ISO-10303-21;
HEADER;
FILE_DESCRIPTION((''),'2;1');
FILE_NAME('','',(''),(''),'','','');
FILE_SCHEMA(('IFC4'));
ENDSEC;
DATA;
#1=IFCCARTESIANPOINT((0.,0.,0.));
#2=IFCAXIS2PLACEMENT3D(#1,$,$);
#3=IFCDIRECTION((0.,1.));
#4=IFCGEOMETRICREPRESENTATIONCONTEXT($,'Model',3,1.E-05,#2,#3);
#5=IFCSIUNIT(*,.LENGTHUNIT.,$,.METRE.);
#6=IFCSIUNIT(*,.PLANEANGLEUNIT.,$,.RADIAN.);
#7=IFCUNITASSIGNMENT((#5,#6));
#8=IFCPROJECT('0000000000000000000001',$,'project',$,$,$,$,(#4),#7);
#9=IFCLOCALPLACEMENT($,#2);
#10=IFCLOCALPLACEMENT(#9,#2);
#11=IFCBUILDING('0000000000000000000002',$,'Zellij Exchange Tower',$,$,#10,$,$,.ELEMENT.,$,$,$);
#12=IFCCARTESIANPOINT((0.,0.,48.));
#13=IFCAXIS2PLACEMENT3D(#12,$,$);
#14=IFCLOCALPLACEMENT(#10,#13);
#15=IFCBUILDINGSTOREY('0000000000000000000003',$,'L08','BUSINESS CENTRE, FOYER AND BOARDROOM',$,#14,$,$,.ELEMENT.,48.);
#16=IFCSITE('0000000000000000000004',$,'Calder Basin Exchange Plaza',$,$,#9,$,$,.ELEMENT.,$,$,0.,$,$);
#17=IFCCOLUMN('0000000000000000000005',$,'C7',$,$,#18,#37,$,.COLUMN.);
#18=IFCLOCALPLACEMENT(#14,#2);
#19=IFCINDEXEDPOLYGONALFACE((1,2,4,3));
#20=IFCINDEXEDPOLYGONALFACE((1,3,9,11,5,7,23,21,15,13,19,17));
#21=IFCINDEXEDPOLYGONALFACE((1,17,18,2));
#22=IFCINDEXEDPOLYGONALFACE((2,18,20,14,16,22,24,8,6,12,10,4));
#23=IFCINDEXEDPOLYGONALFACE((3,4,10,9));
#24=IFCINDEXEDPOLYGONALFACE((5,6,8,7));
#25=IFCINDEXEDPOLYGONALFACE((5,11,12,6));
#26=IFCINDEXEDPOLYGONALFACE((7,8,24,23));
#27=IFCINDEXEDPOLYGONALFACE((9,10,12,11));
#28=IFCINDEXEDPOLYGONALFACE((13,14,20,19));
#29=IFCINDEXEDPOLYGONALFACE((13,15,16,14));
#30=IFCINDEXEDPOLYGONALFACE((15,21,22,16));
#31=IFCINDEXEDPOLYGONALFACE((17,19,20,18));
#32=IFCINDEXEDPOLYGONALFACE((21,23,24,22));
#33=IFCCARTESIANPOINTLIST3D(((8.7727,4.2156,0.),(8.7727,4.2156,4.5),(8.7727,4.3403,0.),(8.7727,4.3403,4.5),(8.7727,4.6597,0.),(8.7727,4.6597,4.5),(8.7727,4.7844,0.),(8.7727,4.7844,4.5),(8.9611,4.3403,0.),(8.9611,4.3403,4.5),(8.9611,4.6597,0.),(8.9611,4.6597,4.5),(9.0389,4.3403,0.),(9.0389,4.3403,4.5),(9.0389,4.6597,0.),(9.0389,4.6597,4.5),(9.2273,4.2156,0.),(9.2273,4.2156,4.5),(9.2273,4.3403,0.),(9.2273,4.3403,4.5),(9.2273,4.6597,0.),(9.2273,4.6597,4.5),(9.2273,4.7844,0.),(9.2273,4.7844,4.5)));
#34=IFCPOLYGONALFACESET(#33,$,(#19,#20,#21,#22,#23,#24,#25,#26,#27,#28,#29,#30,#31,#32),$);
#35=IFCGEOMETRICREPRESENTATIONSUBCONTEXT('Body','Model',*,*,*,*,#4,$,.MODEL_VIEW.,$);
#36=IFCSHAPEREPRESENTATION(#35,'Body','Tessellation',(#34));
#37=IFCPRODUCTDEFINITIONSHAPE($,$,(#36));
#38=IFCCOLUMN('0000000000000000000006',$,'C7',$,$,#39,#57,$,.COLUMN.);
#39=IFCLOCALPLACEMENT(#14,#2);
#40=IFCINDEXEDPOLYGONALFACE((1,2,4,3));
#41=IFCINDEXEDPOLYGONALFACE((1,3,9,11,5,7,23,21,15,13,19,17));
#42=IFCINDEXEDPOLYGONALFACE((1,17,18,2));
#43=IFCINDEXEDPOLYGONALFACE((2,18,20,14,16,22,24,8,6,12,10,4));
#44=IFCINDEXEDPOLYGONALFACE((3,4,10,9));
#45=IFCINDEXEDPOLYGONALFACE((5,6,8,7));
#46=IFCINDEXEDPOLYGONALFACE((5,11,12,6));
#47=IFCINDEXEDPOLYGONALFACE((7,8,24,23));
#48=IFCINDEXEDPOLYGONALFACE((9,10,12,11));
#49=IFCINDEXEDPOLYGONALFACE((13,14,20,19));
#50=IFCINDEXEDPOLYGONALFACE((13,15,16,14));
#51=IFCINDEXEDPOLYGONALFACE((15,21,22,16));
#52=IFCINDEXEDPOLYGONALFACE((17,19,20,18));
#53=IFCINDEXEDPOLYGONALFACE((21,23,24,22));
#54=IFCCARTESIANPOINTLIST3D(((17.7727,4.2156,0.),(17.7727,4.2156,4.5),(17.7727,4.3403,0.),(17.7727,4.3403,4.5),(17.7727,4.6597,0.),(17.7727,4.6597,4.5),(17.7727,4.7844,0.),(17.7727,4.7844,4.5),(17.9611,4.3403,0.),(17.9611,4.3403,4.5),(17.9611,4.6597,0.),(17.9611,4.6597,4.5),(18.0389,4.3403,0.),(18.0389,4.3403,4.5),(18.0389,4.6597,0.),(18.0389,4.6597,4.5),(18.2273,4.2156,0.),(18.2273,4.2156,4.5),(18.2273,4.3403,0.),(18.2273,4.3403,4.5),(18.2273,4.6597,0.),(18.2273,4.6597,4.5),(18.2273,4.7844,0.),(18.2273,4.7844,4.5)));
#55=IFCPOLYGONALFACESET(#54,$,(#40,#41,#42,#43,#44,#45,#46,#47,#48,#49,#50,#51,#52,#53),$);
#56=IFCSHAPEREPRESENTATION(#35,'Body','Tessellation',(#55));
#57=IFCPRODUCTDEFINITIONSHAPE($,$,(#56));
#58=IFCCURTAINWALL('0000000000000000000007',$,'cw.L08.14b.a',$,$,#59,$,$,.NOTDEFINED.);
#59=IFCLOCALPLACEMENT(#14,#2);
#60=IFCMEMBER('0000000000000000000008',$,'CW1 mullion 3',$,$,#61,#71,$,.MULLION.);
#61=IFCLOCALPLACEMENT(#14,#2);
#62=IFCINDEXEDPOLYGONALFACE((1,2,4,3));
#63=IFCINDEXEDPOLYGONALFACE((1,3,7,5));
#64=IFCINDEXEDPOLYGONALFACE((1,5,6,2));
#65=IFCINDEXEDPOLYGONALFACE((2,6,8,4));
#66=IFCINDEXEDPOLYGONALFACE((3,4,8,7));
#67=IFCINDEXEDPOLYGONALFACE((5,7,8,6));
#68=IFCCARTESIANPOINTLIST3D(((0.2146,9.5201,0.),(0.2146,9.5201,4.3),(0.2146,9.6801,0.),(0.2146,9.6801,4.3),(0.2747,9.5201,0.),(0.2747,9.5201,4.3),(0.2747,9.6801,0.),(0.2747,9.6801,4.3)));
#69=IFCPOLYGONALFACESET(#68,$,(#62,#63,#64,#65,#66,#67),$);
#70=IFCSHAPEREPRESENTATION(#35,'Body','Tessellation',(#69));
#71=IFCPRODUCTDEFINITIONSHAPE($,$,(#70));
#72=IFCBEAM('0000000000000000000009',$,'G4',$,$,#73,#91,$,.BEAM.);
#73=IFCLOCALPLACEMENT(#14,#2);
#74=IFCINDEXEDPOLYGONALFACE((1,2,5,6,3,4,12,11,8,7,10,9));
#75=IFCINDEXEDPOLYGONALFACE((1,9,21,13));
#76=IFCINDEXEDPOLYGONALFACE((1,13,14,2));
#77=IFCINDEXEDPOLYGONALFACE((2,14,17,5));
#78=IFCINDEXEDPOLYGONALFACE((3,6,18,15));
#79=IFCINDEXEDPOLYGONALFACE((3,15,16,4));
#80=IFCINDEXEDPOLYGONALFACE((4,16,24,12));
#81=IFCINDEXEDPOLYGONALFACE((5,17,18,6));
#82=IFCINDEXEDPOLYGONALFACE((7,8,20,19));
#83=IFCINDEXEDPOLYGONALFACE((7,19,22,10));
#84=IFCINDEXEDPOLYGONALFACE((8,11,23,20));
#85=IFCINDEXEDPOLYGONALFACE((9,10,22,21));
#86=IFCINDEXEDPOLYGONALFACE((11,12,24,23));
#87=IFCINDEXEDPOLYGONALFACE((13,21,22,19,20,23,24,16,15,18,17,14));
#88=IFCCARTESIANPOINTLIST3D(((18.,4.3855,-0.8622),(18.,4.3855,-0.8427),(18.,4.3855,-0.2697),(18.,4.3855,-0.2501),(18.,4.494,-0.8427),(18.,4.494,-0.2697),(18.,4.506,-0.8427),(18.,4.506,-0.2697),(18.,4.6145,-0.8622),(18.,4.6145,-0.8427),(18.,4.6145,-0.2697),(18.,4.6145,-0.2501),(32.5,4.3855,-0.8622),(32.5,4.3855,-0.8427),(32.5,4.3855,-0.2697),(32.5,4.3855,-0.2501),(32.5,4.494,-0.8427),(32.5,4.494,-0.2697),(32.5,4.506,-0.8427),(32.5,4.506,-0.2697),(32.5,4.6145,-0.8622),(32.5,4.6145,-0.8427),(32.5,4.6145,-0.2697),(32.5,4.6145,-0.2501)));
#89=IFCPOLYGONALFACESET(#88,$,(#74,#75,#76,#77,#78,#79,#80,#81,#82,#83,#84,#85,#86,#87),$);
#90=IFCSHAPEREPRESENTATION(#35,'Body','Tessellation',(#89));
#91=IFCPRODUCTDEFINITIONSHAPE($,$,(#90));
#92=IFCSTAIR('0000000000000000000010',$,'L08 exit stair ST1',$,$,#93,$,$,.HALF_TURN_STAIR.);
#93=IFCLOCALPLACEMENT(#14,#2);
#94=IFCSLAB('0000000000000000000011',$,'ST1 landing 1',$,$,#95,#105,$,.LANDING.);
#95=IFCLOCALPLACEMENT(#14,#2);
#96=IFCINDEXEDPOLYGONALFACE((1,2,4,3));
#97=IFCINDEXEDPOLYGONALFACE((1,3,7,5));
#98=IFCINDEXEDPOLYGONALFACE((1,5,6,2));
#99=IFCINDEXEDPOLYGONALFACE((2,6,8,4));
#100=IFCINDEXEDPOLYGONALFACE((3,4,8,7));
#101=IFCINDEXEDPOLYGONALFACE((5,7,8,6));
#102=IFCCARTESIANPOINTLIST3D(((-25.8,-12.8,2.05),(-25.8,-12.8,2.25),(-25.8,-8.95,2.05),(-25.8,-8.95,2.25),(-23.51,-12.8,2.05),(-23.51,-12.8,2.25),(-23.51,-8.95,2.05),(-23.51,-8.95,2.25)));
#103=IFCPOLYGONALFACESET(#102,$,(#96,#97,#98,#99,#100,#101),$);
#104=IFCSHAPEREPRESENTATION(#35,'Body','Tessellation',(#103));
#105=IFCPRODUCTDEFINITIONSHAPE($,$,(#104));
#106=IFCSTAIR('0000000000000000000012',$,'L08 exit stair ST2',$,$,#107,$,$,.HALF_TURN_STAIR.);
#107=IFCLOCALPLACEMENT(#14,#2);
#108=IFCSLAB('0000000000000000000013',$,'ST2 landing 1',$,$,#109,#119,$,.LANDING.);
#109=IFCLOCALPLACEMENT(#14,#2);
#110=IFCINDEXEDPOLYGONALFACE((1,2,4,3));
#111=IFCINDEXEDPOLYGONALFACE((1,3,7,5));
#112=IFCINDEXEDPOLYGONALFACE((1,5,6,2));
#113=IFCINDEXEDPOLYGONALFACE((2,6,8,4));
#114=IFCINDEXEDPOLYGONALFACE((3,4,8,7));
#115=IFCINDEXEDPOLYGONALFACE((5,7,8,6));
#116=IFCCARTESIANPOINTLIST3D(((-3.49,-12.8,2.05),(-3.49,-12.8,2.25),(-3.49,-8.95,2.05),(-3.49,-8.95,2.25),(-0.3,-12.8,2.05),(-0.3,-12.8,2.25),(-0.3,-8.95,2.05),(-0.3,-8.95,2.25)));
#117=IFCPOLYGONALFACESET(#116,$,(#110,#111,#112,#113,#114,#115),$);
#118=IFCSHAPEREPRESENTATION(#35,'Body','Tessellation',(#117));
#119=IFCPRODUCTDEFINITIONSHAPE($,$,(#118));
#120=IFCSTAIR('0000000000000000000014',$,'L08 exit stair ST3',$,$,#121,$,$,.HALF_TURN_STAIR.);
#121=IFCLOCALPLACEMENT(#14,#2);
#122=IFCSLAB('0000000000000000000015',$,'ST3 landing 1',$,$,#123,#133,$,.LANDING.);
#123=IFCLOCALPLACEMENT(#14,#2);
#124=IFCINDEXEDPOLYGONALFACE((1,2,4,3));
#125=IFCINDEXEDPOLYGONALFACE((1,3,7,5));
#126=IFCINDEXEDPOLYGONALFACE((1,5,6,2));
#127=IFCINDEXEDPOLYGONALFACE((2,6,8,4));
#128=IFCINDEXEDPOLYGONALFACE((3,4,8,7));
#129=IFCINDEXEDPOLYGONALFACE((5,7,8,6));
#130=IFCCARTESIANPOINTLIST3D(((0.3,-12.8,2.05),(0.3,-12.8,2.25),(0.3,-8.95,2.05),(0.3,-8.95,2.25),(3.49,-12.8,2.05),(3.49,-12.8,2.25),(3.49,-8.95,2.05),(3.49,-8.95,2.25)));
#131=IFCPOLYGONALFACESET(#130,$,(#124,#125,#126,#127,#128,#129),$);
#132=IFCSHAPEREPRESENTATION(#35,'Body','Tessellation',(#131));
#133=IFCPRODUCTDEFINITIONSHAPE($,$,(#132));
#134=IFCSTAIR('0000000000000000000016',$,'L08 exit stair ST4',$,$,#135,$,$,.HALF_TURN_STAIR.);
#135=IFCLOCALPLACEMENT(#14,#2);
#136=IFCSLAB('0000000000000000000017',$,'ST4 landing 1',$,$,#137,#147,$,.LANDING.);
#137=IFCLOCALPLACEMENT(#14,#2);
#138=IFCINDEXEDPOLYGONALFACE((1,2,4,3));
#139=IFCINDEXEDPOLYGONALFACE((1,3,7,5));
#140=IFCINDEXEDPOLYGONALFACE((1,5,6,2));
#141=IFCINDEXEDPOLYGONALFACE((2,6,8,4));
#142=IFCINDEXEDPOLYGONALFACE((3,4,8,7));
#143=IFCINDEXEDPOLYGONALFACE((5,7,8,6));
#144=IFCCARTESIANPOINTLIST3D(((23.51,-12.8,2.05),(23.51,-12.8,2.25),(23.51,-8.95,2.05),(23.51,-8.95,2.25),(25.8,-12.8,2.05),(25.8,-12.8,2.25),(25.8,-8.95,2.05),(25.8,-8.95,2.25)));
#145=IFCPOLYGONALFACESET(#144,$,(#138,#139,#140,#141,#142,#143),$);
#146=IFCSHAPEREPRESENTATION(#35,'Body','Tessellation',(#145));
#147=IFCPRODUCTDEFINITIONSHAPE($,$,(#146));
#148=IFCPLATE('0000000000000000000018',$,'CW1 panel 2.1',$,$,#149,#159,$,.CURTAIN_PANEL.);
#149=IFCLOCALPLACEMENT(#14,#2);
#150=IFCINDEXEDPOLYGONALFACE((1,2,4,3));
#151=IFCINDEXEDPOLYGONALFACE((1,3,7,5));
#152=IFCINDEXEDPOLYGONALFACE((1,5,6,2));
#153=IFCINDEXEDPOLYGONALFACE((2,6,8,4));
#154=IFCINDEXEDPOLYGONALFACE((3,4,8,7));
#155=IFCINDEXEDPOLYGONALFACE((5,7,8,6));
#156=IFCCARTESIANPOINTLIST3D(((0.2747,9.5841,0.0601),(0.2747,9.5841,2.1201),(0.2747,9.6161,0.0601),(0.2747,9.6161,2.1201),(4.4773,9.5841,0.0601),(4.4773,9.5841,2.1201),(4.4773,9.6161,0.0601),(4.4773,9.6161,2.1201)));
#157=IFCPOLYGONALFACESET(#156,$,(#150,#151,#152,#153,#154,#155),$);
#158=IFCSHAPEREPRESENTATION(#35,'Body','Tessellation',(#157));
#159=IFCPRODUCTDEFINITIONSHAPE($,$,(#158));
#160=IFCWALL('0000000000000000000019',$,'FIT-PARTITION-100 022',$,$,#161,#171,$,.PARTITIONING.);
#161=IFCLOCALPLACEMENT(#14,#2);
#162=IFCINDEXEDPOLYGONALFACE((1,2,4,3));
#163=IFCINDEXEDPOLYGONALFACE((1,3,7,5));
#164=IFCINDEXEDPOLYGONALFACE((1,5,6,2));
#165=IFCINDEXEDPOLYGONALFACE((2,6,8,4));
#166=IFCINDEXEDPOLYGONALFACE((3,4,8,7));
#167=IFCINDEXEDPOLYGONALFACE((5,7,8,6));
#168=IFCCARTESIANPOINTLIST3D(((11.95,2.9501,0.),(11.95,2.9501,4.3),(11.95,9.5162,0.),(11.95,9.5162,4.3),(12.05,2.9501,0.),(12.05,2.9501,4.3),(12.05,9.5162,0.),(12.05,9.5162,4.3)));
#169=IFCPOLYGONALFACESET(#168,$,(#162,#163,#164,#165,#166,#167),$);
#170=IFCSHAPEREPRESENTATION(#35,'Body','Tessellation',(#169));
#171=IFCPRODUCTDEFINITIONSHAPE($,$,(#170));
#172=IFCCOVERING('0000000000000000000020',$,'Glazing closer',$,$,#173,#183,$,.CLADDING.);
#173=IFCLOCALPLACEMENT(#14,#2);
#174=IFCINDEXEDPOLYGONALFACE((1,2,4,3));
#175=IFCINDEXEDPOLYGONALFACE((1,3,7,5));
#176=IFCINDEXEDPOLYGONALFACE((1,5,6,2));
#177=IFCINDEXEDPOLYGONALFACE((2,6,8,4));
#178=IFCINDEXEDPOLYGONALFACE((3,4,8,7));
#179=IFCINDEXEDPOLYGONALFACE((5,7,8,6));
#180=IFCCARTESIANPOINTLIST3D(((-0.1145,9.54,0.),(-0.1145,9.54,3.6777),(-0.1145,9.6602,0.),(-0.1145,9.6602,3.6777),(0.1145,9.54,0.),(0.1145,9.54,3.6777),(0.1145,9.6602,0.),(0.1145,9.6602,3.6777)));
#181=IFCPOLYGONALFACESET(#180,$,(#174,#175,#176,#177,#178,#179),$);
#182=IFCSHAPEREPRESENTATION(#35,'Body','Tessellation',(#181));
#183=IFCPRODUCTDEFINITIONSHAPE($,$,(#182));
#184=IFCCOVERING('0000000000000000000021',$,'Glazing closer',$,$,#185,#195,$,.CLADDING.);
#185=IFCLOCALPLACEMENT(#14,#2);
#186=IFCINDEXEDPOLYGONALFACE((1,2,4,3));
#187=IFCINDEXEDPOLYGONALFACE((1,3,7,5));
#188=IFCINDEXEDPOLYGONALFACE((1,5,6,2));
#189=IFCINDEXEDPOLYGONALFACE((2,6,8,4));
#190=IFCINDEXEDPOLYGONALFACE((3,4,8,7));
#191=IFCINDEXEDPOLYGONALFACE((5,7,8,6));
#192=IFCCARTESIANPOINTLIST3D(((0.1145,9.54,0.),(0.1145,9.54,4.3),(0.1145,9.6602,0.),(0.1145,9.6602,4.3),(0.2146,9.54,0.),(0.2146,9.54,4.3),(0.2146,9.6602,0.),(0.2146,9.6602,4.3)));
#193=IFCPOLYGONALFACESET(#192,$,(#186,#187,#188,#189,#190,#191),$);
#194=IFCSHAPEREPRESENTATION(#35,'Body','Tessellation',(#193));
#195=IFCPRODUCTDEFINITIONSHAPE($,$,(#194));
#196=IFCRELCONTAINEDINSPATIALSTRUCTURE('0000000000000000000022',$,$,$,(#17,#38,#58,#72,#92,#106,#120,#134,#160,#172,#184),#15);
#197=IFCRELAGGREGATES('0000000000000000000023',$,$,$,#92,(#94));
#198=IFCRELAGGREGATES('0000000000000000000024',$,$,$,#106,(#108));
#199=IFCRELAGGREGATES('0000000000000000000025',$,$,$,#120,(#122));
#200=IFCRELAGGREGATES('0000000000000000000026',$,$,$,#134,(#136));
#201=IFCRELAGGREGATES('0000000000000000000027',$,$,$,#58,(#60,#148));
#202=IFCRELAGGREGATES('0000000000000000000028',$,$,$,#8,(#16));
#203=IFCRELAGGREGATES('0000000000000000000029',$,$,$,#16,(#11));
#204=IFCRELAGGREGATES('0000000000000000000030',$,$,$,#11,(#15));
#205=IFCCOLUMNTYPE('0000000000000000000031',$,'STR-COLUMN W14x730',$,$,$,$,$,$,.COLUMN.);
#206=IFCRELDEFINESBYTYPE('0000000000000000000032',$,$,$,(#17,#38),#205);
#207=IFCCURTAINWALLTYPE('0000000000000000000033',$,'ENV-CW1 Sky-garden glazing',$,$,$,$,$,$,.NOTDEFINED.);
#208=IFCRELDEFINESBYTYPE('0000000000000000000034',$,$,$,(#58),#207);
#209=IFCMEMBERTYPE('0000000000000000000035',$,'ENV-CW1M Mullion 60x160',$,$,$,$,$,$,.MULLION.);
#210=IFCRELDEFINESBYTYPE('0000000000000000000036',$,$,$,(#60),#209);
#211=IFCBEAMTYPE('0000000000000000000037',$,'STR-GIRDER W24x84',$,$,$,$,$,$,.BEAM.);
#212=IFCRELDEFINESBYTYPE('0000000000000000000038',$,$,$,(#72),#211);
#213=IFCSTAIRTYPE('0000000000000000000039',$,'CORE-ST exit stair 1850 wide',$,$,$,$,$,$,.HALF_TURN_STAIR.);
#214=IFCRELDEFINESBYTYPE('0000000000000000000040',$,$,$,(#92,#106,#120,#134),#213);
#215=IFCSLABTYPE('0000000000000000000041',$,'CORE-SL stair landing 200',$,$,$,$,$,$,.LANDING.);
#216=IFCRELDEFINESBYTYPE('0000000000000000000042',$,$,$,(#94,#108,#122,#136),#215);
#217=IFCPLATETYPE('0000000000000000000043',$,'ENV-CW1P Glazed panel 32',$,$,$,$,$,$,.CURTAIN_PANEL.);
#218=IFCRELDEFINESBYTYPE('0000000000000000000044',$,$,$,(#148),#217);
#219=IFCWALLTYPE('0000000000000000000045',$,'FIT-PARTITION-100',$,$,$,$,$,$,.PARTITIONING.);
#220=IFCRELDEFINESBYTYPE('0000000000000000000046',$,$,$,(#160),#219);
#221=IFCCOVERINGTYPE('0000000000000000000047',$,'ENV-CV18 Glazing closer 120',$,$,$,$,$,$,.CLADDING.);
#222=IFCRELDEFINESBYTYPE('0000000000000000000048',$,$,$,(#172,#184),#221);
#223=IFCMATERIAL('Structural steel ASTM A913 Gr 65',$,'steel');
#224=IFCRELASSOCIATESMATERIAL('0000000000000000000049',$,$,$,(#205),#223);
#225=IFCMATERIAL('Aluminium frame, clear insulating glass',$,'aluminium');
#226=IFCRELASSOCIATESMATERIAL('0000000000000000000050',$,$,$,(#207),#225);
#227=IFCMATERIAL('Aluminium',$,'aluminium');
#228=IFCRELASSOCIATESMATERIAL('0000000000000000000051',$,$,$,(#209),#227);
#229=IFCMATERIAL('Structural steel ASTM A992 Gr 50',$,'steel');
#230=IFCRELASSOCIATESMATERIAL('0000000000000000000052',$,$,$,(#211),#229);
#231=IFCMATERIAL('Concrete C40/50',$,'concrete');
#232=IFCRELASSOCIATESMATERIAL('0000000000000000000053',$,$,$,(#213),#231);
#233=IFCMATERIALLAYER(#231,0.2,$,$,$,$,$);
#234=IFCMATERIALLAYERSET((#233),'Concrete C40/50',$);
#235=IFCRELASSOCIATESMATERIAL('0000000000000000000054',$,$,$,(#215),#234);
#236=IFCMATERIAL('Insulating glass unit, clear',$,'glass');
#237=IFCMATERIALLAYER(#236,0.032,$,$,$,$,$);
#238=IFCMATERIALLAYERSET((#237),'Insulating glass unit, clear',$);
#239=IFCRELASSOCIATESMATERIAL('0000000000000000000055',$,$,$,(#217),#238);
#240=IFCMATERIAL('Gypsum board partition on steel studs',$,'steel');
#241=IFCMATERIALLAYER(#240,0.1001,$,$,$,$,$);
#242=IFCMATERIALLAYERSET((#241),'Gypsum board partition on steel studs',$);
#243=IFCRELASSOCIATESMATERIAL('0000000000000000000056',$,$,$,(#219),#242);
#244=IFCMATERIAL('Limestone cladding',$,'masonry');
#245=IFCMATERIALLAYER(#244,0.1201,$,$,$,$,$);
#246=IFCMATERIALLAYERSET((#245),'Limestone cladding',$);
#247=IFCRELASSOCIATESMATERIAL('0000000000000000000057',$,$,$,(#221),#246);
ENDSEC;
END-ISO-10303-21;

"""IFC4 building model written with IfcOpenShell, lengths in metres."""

from ifc_helpers import new_model, si_unit, direction, frame, frame_2d, origin, origin_2d, place, context, subcontext, project, spatial, polyline, rectangle, i_section, outline, extrude, material, layer, layer_set, material_profile, profile_set, type_object, element, aggregate, save


model = new_model("IFC4")

# Units and contexts
model_context = context("Model", 3, precision=1e-05, world=origin(), true_north=direction((0.0, 1.0)))
body_context = subcontext(model_context, "Body", "Model", "MODEL_VIEW")
ifc_project = project(units=[si_unit("LENGTHUNIT", "METRE"), si_unit("PLANEANGLEUNIT", "RADIAN")], contexts=[model_context])

# Site, building, storey
site_placement = place(None, origin())
site = spatial("IfcSite", under=ifc_project, at=site_placement, Name="Calder Basin Exchange Plaza", CompositionType="ELEMENT", RefElevation=0.0)
building_placement = place(site_placement, origin())
building = spatial("IfcBuilding", under=site, at=building_placement, Name="Zellij Exchange Tower", CompositionType="ELEMENT")
storey_placement = place(building_placement, frame((0.0, 0.0, 48.0)))
storey = spatial("IfcBuildingStorey", under=building, at=storey_placement, Name="L08", Description="BUSINESS CENTRE, FOYER AND BOARDROOM", CompositionType="ELEMENT", Elevation=48.0)

# Columns
ifc_material_1 = material(Name="Structural steel ASTM A913 Gr 65", Category="steel")
ifc_material_profile_1 = material_profile(ifc_material_1, i_section(OverallWidth=0.4546, OverallDepth=0.5688, WebThickness=0.0779, FlangeThickness=0.1248, at=origin_2d()), Name="W14x730")
ifc_profile_set_1 = profile_set([ifc_material_profile_1], Name="Structural steel ASTM A913 Gr 65")
column_type = type_object("IfcColumnType", Name="STR-COLUMN W14x730", PredefinedType="COLUMN", material=ifc_profile_set_1)
for number, where, z_axis, x_axis, name in (
    (1, (9.0, 4.5, 0.0), (0.0, 0.0, 1.0), (1.0, 0.0, 0.0), "C7"),
    (2, (18.0, 4.5, 0.0), (0.0, 0.0, 1.0), (1.0, 0.0, 0.0), "C7"),
):
    element("IfcColumn", number, at=place(storey_placement, frame(where, z_axis=z_axis, x_axis=x_axis)), inside=storey, type_object=column_type, Name=name, PredefinedType="COLUMN", context=body_context, shape_type="SweptSolid", body=[
        extrude(i_section(OverallWidth=0.4546, OverallDepth=0.5688, WebThickness=0.0779, FlangeThickness=0.1248, at=origin_2d()), origin(), (0.0, 0.0, 1.0), 4.5),
    ])

# Curtain wall, member
ifc_material_2 = material(Name="Aluminium frame, clear insulating glass", Category="aluminium")
curtain_wall_type = type_object("IfcCurtainWallType", Name="ENV-CW1 Sky-garden glazing", PredefinedType="NOTDEFINED", material=ifc_material_2)
curtain_wall_placement = place(storey_placement, origin())
curtain_wall = element("IfcCurtainWall", 3, at=curtain_wall_placement, inside=storey, type_object=curtain_wall_type, Name="cw.L08.14b.a", PredefinedType="NOTDEFINED")
ifc_material_3 = material(Name="Aluminium", Category="aluminium")
ifc_material_profile_2 = material_profile(ifc_material_3, rectangle(XDim=0.0601, YDim=0.1599, at=origin_2d()), Name="AL 60x160")
ifc_profile_set_2 = profile_set([ifc_material_profile_2], Name="Aluminium")
member_type = type_object("IfcMemberType", Name="ENV-CW1M Mullion 60x160", PredefinedType="MULLION", material=ifc_profile_set_2)
member_placement = place(storey_placement, frame((0.2446, 9.6001, 0.0), z_axis=(0.0, 0.0, 1.0), x_axis=(-1.0, 0.0, 0.0)))
member = element("IfcMember", 4, at=member_placement, type_object=member_type, Name="CW1 mullion 3", PredefinedType="MULLION", context=body_context, shape_type="SweptSolid", body=[
    extrude(rectangle(XDim=0.0601, YDim=0.1599, at=origin_2d()), origin(), (0.0, 0.0, 1.0), 4.3),
])

# Beam
ifc_material_4 = material(Name="Structural steel ASTM A992 Gr 50", Category="steel")
ifc_material_profile_3 = material_profile(ifc_material_4, i_section(OverallWidth=0.229, OverallDepth=0.6121, WebThickness=0.012, FlangeThickness=0.0195, at=origin_2d()), Name="W24x84")
ifc_profile_set_3 = profile_set([ifc_material_profile_3], Name="Structural steel ASTM A992 Gr 50")
beam_type = type_object("IfcBeamType", Name="STR-GIRDER W24x84", PredefinedType="BEAM", material=ifc_profile_set_3)
beam_placement = place(storey_placement, frame((18.0, 4.5, -0.5562), z_axis=(1.0, 0.0, 0.0), x_axis=(0.0, 1.0, 0.0)))
element("IfcBeam", 5, at=beam_placement, inside=storey, type_object=beam_type, Name="G4", PredefinedType="BEAM", context=body_context, shape_type="SweptSolid", body=[
    extrude(i_section(OverallWidth=0.229, OverallDepth=0.6121, WebThickness=0.012, FlangeThickness=0.0195, at=origin_2d()), origin(), (0.0, 0.0, 1.0), 14.5),
])

# Stairs, slabs
ifc_material_5 = material(Name="Concrete C40/50", Category="concrete")
stair_type = type_object("IfcStairType", Name="CORE-ST exit stair 1850 wide", PredefinedType="HALF_TURN_STAIR", material=ifc_material_5)
stair_1_placement = place(storey_placement, origin())
stair_1 = element("IfcStair", 6, at=stair_1_placement, inside=storey, type_object=stair_type, Name="L08 exit stair ST1", PredefinedType="HALF_TURN_STAIR")
ifc_layer_1 = layer(ifc_material_5, 0.2)
ifc_layer_set_1 = layer_set([ifc_layer_1], Name="Concrete C40/50")
slab_type = type_object("IfcSlabType", Name="CORE-SL stair landing 200", PredefinedType="LANDING", material=ifc_layer_set_1)
slab_1_placement = place(storey_placement, frame((0.0, 0.0, 2.05)))
slab_1 = element("IfcSlab", 7, at=slab_1_placement, type_object=slab_type, Name="ST1 landing 1", PredefinedType="LANDING", context=body_context, shape_type="SweptSolid", body=[
    extrude(outline(polyline([(-23.51, -8.95), (-25.8, -8.95), (-25.8, -12.8), (-23.51, -12.8), (-23.51, -8.95)])), origin(), (0.0, 0.0, 1.0), 0.2),
])
aggregate(stair_1, [slab_1])
stair_2_placement = place(storey_placement, origin())
stair_2 = element("IfcStair", 8, at=stair_2_placement, inside=storey, type_object=stair_type, Name="L08 exit stair ST2", PredefinedType="HALF_TURN_STAIR")
slab_2_placement = place(storey_placement, frame((0.0, 0.0, 2.05)))
slab_2 = element("IfcSlab", 9, at=slab_2_placement, type_object=slab_type, Name="ST2 landing 1", PredefinedType="LANDING", context=body_context, shape_type="SweptSolid", body=[
    extrude(outline(polyline([(-3.49, -12.8), (-0.3, -12.8), (-0.3, -8.95), (-3.49, -8.95), (-3.49, -12.8)])), origin(), (0.0, 0.0, 1.0), 0.2),
])
aggregate(stair_2, [slab_2])
stair_3_placement = place(storey_placement, origin())
stair_3 = element("IfcStair", 10, at=stair_3_placement, inside=storey, type_object=stair_type, Name="L08 exit stair ST3", PredefinedType="HALF_TURN_STAIR")
slab_3_placement = place(storey_placement, frame((0.0, 0.0, 2.05)))
slab_3 = element("IfcSlab", 11, at=slab_3_placement, type_object=slab_type, Name="ST3 landing 1", PredefinedType="LANDING", context=body_context, shape_type="SweptSolid", body=[
    extrude(outline(polyline([(3.49, -8.95), (0.3, -8.95), (0.3, -12.8), (3.49, -12.8), (3.49, -8.95)])), origin(), (0.0, 0.0, 1.0), 0.2),
])
aggregate(stair_3, [slab_3])
stair_4_placement = place(storey_placement, origin())
stair_4 = element("IfcStair", 12, at=stair_4_placement, inside=storey, type_object=stair_type, Name="L08 exit stair ST4", PredefinedType="HALF_TURN_STAIR")
slab_4_placement = place(storey_placement, frame((0.0, 0.0, 2.05)))
slab_4 = element("IfcSlab", 13, at=slab_4_placement, type_object=slab_type, Name="ST4 landing 1", PredefinedType="LANDING", context=body_context, shape_type="SweptSolid", body=[
    extrude(outline(polyline([(23.51, -12.8), (25.8, -12.8), (25.8, -8.95), (23.51, -8.95), (23.51, -12.8)])), origin(), (0.0, 0.0, 1.0), 0.2),
])
aggregate(stair_4, [slab_4])

# Plate
ifc_material_6 = material(Name="Insulating glass unit, clear", Category="glass")
ifc_layer_2 = layer(ifc_material_6, 0.032)
ifc_layer_set_2 = layer_set([ifc_layer_2], Name="Insulating glass unit, clear")
plate_type = type_object("IfcPlateType", Name="ENV-CW1P Glazed panel 32", PredefinedType="CURTAIN_PANEL", material=ifc_layer_set_2)
plate_placement = place(storey_placement, frame((2.376, 9.6001, 0.0601), z_axis=(0.0, 0.0, 1.0), x_axis=(-1.0, 0.0, 0.0)))
plate = element("IfcPlate", 14, at=plate_placement, type_object=plate_type, Name="CW1 panel 2.1", PredefinedType="CURTAIN_PANEL", context=body_context, shape_type="SweptSolid", body=[
    extrude(rectangle(XDim=4.2026, YDim=0.032, at=origin_2d()), origin(), (0.0, 0.0, 1.0), 2.0601),
])
aggregate(curtain_wall, [member, plate])

# Wall
ifc_material_7 = material(Name="Gypsum board partition on steel studs", Category="steel")
ifc_layer_3 = layer(ifc_material_7, 0.1001)
ifc_layer_set_3 = layer_set([ifc_layer_3], Name="Gypsum board partition on steel studs")
wall_type = type_object("IfcWallType", Name="FIT-PARTITION-100", PredefinedType="PARTITIONING", material=ifc_layer_set_3)
wall_placement = place(storey_placement, frame((12.0, 2.95, 0.0), z_axis=(0.0, 0.0, 1.0), x_axis=(0.0, 1.0, 0.0)))
element("IfcWall", 15, at=wall_placement, inside=storey, type_object=wall_type, Name="FIT-PARTITION-100 022", PredefinedType="PARTITIONING", context=body_context, shape_type="SweptSolid", body=[
    extrude(rectangle(XDim=6.5662, YDim=0.1001, at=frame_2d((3.2832, 0.0))), origin(), (0.0, 0.0, 1.0), 4.3),
])

# Coverings
ifc_material_8 = material(Name="Limestone cladding", Category="masonry")
ifc_layer_4 = layer(ifc_material_8, 0.1201)
ifc_layer_set_4 = layer_set([ifc_layer_4], Name="Limestone cladding")
covering_type_1 = type_object("IfcCoveringType", Name="ENV-CV18 Glazing closer 120", PredefinedType="CLADDING", material=ifc_layer_set_4)
covering_1_placement = place(storey_placement, frame((0.0, 9.6001, 0.0), z_axis=(0.0, 0.0, 1.0), x_axis=(-1.0, 0.0, 0.0)))
element("IfcCovering", 16, at=covering_1_placement, inside=storey, type_object=covering_type_1, Name="Glazing closer", PredefinedType="CLADDING", context=body_context, shape_type="SweptSolid", body=[
    extrude(rectangle(XDim=0.229, YDim=0.1201, at=origin_2d()), origin(), (0.0, 0.0, 1.0), 3.6777),
])
covering_2_placement = place(storey_placement, frame((0.1646, 9.6001, 0.0), z_axis=(0.0, 0.0, 1.0), x_axis=(-1.0, 0.0, 0.0)))
element("IfcCovering", 17, at=covering_2_placement, inside=storey, type_object=covering_type_1, Name="Glazing closer", PredefinedType="CLADDING", context=body_context, shape_type="SweptSolid", body=[
    extrude(rectangle(XDim=0.1001, YDim=0.1201, at=origin_2d()), origin(), (0.0, 0.0, 1.0), 4.3),
])

save(model, "model.ifc")
